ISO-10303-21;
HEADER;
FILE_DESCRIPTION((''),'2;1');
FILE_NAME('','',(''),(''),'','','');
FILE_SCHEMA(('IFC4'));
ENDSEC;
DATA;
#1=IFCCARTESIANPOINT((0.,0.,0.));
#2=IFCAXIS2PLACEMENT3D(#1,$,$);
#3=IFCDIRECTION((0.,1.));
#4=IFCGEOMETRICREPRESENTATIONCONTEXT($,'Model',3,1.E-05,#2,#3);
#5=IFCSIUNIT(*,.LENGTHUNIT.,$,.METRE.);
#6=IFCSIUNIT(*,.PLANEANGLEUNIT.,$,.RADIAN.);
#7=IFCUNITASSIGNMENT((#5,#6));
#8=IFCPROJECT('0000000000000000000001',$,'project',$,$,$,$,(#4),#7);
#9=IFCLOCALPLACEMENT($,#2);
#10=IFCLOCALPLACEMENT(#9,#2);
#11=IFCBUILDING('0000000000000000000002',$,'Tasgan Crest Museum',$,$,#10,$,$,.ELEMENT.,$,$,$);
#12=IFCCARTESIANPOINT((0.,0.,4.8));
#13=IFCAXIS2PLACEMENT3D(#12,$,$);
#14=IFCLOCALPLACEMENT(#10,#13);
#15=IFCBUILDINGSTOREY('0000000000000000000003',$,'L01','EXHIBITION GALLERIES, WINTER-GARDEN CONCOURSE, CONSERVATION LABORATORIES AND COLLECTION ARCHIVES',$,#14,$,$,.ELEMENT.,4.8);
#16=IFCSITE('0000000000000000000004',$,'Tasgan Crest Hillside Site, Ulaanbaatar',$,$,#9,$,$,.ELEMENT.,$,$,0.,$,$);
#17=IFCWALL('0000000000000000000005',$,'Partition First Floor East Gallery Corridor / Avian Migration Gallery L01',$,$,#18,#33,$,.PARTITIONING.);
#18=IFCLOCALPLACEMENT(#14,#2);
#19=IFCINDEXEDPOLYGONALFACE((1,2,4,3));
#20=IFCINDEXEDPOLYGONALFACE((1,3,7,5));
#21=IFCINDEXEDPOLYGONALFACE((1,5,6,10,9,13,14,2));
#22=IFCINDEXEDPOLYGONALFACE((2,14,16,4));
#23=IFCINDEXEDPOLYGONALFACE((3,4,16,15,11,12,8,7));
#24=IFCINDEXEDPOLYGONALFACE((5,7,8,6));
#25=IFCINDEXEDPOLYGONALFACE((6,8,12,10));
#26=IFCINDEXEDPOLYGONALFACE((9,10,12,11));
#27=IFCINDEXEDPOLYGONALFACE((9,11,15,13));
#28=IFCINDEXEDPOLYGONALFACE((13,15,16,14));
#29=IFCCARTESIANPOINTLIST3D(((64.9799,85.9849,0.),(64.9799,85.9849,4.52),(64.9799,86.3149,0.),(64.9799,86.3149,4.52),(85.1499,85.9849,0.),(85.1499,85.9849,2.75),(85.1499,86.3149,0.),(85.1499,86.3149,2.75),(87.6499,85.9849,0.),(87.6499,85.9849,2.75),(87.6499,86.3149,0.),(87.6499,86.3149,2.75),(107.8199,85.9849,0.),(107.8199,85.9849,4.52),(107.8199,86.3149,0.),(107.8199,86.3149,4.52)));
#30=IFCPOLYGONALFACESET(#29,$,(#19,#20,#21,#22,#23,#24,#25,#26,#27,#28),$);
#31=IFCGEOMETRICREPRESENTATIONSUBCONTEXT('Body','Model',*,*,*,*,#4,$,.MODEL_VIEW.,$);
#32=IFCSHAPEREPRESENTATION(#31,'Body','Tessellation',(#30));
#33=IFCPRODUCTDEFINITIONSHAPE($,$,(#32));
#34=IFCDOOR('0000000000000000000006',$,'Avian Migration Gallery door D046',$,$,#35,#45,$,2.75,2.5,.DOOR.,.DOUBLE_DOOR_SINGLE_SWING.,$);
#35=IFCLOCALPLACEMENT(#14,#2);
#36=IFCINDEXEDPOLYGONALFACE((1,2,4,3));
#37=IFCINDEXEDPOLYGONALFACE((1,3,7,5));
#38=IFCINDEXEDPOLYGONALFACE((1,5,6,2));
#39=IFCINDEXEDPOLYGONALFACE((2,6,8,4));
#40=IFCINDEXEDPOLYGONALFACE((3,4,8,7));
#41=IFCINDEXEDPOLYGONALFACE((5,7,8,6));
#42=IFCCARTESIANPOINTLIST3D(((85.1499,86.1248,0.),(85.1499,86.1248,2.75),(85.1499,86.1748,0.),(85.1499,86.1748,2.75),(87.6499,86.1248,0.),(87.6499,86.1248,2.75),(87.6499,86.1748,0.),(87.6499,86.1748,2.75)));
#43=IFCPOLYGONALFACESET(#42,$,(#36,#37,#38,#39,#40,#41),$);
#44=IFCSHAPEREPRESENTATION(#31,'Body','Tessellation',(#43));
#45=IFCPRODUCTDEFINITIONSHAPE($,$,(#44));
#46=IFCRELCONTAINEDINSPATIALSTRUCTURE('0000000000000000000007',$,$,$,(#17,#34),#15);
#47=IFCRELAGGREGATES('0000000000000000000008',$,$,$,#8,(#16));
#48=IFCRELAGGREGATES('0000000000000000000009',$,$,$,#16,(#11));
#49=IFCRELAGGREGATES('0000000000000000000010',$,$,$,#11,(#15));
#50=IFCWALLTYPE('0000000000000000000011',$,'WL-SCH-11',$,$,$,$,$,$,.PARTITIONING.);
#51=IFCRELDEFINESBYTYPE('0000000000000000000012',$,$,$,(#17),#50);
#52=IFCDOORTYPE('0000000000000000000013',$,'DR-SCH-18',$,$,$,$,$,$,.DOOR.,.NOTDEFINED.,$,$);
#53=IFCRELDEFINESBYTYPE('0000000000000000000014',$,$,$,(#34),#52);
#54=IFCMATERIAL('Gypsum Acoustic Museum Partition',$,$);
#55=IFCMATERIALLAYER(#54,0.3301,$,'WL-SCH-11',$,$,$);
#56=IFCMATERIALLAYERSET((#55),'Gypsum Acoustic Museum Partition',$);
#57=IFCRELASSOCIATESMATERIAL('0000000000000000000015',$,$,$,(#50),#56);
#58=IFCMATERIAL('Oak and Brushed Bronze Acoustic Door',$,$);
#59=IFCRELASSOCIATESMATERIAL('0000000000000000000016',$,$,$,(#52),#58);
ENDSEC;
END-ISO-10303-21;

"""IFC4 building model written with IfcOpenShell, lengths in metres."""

from ifc_helpers import new_model, si_unit, direction, frame, frame_2d, origin, place, context, subcontext, project, spatial, rectangle, extrude, material, layer, layer_set, type_object, element, fill, save


model = new_model("IFC4")

# Units and contexts
model_context = context("Model", 3, precision=1e-05, world=origin(), true_north=direction((0.0, 1.0)))
body_context = subcontext(model_context, "Body", "Model", "MODEL_VIEW")
ifc_project = project(units=[si_unit("LENGTHUNIT", "METRE"), si_unit("PLANEANGLEUNIT", "RADIAN")], contexts=[model_context])

# Site, building, storey
site_placement = place(None, origin())
site = spatial("IfcSite", under=ifc_project, at=site_placement, Name="Tasgan Crest Hillside Site, Ulaanbaatar", CompositionType="ELEMENT", RefElevation=0.0)
building_placement = place(site_placement, origin())
building = spatial("IfcBuilding", under=site, at=building_placement, Name="Tasgan Crest Museum", CompositionType="ELEMENT")
storey_placement = place(building_placement, frame((0.0, 0.0, 4.8)))
storey = spatial("IfcBuildingStorey", under=building, at=storey_placement, Name="L01", Description="EXHIBITION GALLERIES, WINTER-GARDEN CONCOURSE, CONSERVATION LABORATORIES AND COLLECTION ARCHIVES", CompositionType="ELEMENT", Elevation=4.8)

# Wall, opening, door
ifc_material_1 = material(Name="Gypsum Acoustic Museum Partition")
ifc_layer_1 = layer(ifc_material_1, 0.3301, Name="WL-SCH-11")
ifc_layer_set_1 = layer_set([ifc_layer_1], Name="Gypsum Acoustic Museum Partition")
wall_type_1 = type_object("IfcWallType", Name="WL-SCH-11", PredefinedType="PARTITIONING", material=ifc_layer_set_1)
wall_1_placement = place(storey_placement, frame((64.98, 86.1499, 0.0), z_axis=(0.0, 0.0, 1.0), x_axis=(1.0, 0.0, 0.0)))
wall_1 = element("IfcWall", 1, at=wall_1_placement, inside=storey, type_object=wall_type_1, Name="Partition First Floor East Gallery Corridor / Avian Migration Gallery L01", PredefinedType="PARTITIONING", context=body_context, shape_type="SweptSolid", body=[
    extrude(rectangle(XDim=42.8401, YDim=0.3301, at=frame_2d((21.4199, 0.0))), origin(), (0.0, 0.0, 1.0), 4.52),
])
opening_1_placement = place(wall_1_placement, frame((20.1699, 0.0, 0.0)))
opening_1 = element("IfcOpeningElement", 2, at=opening_1_placement, cuts=wall_1, PredefinedType="OPENING", context=body_context, shape_type="SweptSolid", body=[
    extrude(rectangle(XDim=2.5, YDim=2.75, at=frame_2d((1.25, 1.375))), frame((0.0, 0.175, 0.0), z_axis=(0.0, -1.0, 0.0), x_axis=(1.0, 0.0, 0.0)), (0.0, 0.0, 1.0), 0.3501),
])
ifc_material_2 = material(Name="Oak and Brushed Bronze Acoustic Door")
door_type_1 = type_object("IfcDoorType", Name="DR-SCH-18", OperationType="NOTDEFINED", PredefinedType="DOOR", material=ifc_material_2)
door_1_placement = place(opening_1_placement, origin())
door_1 = element("IfcDoor", 3, at=door_1_placement, inside=storey, type_object=door_type_1, Name="Avian Migration Gallery door D046", OperationType="DOUBLE_DOOR_SINGLE_SWING", OverallHeight=2.75, OverallWidth=2.5, PredefinedType="DOOR", context=body_context, shape_type="SweptSolid", body=[
    extrude(rectangle(XDim=2.5, YDim=2.75, at=frame_2d((1.25, 1.375))), frame((0.0, 0.0249, 0.0), z_axis=(0.0, -1.0, 0.0), x_axis=(1.0, 0.0, 0.0)), (0.0, 0.0, 1.0), 0.05),
])
fill(opening_1, door_1)

save(model, "model.ifc")
